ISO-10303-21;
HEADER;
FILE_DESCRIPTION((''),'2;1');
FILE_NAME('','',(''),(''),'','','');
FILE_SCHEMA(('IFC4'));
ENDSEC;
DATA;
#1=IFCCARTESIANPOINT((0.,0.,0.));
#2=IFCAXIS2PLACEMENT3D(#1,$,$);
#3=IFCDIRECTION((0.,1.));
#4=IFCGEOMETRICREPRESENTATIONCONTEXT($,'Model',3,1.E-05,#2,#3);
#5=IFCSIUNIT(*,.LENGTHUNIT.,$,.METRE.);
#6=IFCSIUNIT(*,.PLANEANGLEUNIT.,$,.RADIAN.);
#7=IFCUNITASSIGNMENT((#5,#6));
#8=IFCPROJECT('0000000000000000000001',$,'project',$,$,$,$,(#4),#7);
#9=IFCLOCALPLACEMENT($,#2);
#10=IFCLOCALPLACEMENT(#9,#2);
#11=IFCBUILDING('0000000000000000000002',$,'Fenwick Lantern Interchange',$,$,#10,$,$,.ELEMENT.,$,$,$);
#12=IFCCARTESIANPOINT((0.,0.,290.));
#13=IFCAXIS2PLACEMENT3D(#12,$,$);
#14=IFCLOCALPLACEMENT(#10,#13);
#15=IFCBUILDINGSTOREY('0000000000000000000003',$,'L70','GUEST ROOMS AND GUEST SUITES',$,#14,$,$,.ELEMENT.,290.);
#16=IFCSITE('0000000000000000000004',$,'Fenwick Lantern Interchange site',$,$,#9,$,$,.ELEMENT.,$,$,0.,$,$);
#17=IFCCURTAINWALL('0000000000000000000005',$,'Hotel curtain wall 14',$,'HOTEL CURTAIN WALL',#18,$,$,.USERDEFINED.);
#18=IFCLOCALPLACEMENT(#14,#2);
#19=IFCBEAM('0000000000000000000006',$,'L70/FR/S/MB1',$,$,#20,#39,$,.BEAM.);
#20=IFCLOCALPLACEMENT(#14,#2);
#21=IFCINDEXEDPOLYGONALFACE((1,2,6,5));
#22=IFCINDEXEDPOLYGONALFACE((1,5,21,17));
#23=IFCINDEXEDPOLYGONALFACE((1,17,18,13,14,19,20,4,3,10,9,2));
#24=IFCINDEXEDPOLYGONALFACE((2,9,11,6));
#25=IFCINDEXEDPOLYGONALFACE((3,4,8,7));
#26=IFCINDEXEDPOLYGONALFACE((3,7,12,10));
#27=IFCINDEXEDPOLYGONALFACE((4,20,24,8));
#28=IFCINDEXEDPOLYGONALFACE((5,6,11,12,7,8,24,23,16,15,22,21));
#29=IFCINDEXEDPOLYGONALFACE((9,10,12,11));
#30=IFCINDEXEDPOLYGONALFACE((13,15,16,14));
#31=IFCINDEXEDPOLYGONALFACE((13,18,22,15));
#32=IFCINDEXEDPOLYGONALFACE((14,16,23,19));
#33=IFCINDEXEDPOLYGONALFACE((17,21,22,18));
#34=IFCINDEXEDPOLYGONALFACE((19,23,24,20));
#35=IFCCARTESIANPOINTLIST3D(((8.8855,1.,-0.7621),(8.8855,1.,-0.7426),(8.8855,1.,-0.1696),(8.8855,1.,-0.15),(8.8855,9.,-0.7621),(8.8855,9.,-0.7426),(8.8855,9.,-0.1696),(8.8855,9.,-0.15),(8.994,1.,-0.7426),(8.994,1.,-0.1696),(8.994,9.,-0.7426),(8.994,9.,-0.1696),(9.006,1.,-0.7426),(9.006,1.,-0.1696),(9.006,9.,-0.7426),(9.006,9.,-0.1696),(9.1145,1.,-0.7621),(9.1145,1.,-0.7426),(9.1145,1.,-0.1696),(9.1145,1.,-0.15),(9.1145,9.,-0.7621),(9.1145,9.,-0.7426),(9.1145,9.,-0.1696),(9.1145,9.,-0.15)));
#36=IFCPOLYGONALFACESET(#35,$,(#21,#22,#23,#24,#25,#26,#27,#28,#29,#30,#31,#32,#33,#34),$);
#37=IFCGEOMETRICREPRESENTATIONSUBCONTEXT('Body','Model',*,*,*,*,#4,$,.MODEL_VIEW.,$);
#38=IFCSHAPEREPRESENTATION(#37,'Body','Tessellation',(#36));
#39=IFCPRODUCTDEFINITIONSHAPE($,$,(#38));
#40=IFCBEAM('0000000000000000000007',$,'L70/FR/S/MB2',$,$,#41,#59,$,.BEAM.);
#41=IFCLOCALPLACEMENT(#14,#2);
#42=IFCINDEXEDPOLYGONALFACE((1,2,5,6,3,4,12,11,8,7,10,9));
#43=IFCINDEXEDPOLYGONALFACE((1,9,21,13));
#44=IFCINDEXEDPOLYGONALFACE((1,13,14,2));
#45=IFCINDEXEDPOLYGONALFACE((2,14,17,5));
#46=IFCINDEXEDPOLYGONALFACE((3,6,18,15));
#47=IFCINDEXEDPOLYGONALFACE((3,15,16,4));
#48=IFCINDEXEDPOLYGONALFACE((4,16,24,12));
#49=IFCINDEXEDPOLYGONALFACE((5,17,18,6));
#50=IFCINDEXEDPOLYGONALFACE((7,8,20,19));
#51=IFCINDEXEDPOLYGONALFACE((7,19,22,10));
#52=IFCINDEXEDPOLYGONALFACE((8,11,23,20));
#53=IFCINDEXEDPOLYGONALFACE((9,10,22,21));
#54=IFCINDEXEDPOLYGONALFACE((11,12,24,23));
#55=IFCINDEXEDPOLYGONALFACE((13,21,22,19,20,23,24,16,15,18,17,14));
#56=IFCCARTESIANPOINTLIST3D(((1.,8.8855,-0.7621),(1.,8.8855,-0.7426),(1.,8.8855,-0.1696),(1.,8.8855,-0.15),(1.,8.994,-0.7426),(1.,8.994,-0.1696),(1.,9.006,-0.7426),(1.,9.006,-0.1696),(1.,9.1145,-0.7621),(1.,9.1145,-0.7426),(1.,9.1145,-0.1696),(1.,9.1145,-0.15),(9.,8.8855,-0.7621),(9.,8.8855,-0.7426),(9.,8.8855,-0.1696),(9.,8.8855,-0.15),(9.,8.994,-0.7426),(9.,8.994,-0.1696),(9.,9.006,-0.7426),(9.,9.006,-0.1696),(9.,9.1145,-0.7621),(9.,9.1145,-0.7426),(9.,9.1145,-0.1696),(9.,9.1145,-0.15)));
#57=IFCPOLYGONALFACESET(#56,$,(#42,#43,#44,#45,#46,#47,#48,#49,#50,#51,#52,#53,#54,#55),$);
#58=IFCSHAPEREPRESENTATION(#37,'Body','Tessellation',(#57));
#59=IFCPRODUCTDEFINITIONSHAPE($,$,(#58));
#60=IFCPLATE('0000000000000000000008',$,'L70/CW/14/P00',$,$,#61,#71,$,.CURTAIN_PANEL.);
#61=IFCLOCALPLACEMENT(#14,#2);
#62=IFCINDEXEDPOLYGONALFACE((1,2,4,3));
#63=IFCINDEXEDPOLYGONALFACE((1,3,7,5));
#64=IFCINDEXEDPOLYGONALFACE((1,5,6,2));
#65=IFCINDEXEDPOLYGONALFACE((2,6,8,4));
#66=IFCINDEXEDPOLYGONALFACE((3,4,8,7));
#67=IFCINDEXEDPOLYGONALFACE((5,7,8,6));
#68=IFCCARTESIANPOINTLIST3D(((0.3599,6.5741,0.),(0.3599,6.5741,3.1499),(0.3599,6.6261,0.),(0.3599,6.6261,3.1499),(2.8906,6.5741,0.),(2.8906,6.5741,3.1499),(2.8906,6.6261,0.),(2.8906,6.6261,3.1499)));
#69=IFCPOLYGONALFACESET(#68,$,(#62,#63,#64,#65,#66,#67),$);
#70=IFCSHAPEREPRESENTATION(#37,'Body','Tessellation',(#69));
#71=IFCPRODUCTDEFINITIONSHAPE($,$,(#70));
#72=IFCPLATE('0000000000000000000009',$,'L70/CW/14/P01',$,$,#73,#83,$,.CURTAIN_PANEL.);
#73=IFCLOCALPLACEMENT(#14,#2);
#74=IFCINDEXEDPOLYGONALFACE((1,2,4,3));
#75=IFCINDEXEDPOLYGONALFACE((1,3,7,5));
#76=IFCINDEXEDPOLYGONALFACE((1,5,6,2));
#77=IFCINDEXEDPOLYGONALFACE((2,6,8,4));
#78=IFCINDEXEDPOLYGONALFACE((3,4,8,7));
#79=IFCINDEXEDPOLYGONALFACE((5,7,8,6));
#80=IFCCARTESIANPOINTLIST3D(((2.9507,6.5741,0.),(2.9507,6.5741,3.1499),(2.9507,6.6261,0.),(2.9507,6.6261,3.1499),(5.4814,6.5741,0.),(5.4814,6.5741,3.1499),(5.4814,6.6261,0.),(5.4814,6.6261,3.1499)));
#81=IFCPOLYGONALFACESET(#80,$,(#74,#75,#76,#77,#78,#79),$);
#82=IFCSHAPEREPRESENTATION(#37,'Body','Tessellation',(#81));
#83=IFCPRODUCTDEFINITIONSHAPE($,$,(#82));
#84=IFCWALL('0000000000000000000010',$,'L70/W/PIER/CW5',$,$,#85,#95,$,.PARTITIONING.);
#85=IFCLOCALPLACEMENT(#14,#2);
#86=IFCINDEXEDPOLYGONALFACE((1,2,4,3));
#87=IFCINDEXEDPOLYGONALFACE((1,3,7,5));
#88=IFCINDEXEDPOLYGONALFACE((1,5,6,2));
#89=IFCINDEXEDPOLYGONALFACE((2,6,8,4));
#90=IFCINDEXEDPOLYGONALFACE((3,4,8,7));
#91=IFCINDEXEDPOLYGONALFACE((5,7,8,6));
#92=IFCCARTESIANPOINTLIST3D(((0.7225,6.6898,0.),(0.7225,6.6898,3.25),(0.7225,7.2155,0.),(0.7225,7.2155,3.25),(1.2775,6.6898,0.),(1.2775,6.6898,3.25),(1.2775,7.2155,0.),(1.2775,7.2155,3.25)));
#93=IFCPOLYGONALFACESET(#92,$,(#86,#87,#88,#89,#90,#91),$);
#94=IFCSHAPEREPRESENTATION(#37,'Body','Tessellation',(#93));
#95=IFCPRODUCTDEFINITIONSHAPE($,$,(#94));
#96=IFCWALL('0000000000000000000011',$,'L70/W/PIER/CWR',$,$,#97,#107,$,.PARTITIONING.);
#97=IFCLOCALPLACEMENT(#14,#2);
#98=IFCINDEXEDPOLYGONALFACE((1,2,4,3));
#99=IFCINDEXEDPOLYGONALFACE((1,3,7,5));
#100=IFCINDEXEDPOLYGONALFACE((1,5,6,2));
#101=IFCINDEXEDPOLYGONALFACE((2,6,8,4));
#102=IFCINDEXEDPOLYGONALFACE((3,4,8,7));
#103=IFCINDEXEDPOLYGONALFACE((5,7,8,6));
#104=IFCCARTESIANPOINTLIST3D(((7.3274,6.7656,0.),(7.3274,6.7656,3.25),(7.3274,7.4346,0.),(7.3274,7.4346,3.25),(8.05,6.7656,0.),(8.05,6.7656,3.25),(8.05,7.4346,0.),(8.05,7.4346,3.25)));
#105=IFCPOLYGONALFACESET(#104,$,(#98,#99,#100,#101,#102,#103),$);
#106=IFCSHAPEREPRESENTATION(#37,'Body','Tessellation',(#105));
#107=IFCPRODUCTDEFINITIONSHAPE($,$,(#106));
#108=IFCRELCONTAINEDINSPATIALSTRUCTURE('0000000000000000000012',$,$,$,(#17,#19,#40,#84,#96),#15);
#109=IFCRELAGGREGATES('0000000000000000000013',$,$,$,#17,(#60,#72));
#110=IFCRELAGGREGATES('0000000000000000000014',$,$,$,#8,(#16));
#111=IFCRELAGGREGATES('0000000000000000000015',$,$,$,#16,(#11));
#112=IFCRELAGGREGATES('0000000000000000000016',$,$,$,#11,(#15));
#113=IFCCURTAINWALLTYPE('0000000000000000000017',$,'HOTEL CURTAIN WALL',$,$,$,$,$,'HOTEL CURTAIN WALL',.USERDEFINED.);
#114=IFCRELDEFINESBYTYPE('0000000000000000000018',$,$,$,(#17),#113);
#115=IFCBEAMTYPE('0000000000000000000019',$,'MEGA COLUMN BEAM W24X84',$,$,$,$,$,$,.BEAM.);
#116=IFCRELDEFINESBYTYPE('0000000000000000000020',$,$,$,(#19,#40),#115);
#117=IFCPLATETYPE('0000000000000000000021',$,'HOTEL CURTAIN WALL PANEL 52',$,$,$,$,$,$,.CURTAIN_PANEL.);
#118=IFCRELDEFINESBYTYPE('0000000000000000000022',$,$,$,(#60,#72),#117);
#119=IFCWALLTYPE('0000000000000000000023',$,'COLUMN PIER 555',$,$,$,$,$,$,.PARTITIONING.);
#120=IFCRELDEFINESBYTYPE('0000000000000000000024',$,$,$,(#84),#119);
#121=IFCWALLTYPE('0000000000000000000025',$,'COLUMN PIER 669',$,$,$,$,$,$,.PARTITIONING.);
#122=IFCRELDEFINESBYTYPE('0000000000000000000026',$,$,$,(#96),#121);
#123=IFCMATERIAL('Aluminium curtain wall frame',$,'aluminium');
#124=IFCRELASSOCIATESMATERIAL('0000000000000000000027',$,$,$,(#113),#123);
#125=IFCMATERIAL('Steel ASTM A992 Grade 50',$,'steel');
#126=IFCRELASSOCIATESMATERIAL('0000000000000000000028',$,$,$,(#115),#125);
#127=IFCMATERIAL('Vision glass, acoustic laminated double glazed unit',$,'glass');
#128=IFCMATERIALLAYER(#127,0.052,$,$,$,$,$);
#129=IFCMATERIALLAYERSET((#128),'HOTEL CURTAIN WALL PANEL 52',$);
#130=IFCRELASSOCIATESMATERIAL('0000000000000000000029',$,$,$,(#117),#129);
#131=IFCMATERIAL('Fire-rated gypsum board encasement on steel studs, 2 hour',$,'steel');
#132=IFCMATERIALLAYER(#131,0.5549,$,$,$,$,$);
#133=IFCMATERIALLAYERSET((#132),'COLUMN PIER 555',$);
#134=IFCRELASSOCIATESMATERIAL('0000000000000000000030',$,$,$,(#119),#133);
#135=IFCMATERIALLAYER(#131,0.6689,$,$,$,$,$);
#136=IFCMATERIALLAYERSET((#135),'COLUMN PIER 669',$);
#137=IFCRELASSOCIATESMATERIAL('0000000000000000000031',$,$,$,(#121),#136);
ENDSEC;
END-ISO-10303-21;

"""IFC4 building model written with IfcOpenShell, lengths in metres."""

from ifc_helpers import new_model, si_unit, direction, frame, frame_2d, origin, origin_2d, place, context, subcontext, project, spatial, rectangle, i_section, extrude, material, layer, layer_set, material_profile, profile_set, type_object, element, aggregate, save


model = new_model("IFC4")

# Units and contexts
model_context = context("Model", 3, precision=1e-05, world=origin(), true_north=direction((0.0, 1.0)))
body_context = subcontext(model_context, "Body", "Model", "MODEL_VIEW")
ifc_project = project(units=[si_unit("LENGTHUNIT", "METRE"), si_unit("PLANEANGLEUNIT", "RADIAN")], contexts=[model_context])

# Site, building, storey
site_placement = place(None, origin())
site = spatial("IfcSite", under=ifc_project, at=site_placement, Name="Fenwick Lantern Interchange site", CompositionType="ELEMENT", RefElevation=0.0)
building_placement = place(site_placement, origin())
building = spatial("IfcBuilding", under=site, at=building_placement, Name="Fenwick Lantern Interchange", CompositionType="ELEMENT")
storey_placement = place(building_placement, frame((0.0, 0.0, 290.0)))
storey = spatial("IfcBuildingStorey", under=building, at=storey_placement, Name="L70", Description="GUEST ROOMS AND GUEST SUITES", CompositionType="ELEMENT", Elevation=290.0)

# Shared definitions
ifc_material_1 = material(Name="Steel ASTM A992 Grade 50", Category="steel")

# Shared definitions
ifc_material_2 = material(Name="Aluminium curtain wall frame", Category="aluminium")
curtain_wall_type = type_object("IfcCurtainWallType", Name="HOTEL CURTAIN WALL", ElementType="HOTEL CURTAIN WALL", PredefinedType="USERDEFINED", material=ifc_material_2)

# Curtain wall
curtain_wall_1_placement = place(storey_placement, origin())
curtain_wall_1 = element("IfcCurtainWall", 1, at=curtain_wall_1_placement, inside=storey, type_object=curtain_wall_type, Name="Hotel curtain wall 14", ObjectType="HOTEL CURTAIN WALL", PredefinedType="USERDEFINED")

# Beams
ifc_material_profile_1 = material_profile(ifc_material_1, i_section(OverallWidth=0.229, OverallDepth=0.6121, WebThickness=0.012, FlangeThickness=0.0195, at=origin_2d()), Name="W24X84")
ifc_profile_set_1 = profile_set([ifc_material_profile_1], Name="Steel ASTM A992 Grade 50")
beam_type_1 = type_object("IfcBeamType", Name="MEGA COLUMN BEAM W24X84", PredefinedType="BEAM", material=ifc_profile_set_1)
for number, where, z_axis, x_axis, name in (
    (2, (9.0, 9.0, -0.4561), (0.0, -1.0, 0.0), (1.0, 0.0, 0.0), "L70/FR/S/MB1"),
    (3, (9.0, 9.0, -0.4561), (-1.0, 0.0, 0.0), (0.0, -1.0, 0.0), "L70/FR/S/MB2"),
):
    element("IfcBeam", number, at=place(storey_placement, frame(where, z_axis=z_axis, x_axis=x_axis)), inside=storey, type_object=beam_type_1, Name=name, PredefinedType="BEAM", context=body_context, shape_type="SweptSolid", body=[
        extrude(i_section(OverallWidth=0.229, OverallDepth=0.6121, WebThickness=0.012, FlangeThickness=0.0195, at=origin_2d()), origin(), (0.0, 0.0, 1.0), 8.0),
    ])

# Plates
ifc_material_3 = material(Name="Vision glass, acoustic laminated double glazed unit", Category="glass")
ifc_layer_1 = layer(ifc_material_3, 0.052)
ifc_layer_set_1 = layer_set([ifc_layer_1], Name="HOTEL CURTAIN WALL PANEL 52")
plate_type = type_object("IfcPlateType", Name="HOTEL CURTAIN WALL PANEL 52", PredefinedType="CURTAIN_PANEL", material=ifc_layer_set_1)
plate_1_placement = place(storey_placement, frame((1.6252, 6.6001, 0.0), z_axis=(0.0, 0.0, 1.0), x_axis=(1.0, 0.0, 0.0)))
plate_1 = element("IfcPlate", 4, at=plate_1_placement, type_object=plate_type, Name="L70/CW/14/P00", PredefinedType="CURTAIN_PANEL", context=body_context, shape_type="SweptSolid", body=[
    extrude(rectangle(XDim=2.5308, YDim=0.052, at=origin_2d()), origin(), (0.0, 0.0, 1.0), 3.1499),
])
plate_2_placement = place(storey_placement, frame((4.2161, 6.6001, 0.0), z_axis=(0.0, 0.0, 1.0), x_axis=(1.0, 0.0, 0.0)))
plate_2 = element("IfcPlate", 5, at=plate_2_placement, type_object=plate_type, Name="L70/CW/14/P01", PredefinedType="CURTAIN_PANEL", context=body_context, shape_type="SweptSolid", body=[
    extrude(rectangle(XDim=2.5308, YDim=0.052, at=origin_2d()), origin(), (0.0, 0.0, 1.0), 3.1499),
])
aggregate(curtain_wall_1, [plate_1, plate_2])

# Walls
ifc_material_4 = material(Name="Fire-rated gypsum board encasement on steel studs, 2 hour", Category="steel")
ifc_layer_2 = layer(ifc_material_4, 0.5549)
ifc_layer_set_2 = layer_set([ifc_layer_2], Name="COLUMN PIER 555")
wall_type_1 = type_object("IfcWallType", Name="COLUMN PIER 555", PredefinedType="PARTITIONING", material=ifc_layer_set_2)
wall_1_placement = place(storey_placement, frame((1.0, 6.6899, 0.0), z_axis=(0.0, 0.0, 1.0), x_axis=(0.0, 1.0, 0.0)))
element("IfcWall", 6, at=wall_1_placement, inside=storey, type_object=wall_type_1, Name="L70/W/PIER/CW5", PredefinedType="PARTITIONING", context=body_context, shape_type="SweptSolid", body=[
    extrude(rectangle(XDim=0.5256, YDim=0.5549, at=frame_2d((0.2627, 0.0))), origin(), (0.0, 0.0, 1.0), 3.25),
])
ifc_layer_3 = layer(ifc_material_4, 0.6689)
ifc_layer_set_3 = layer_set([ifc_layer_3], Name="COLUMN PIER 669")
wall_type_2 = type_object("IfcWallType", Name="COLUMN PIER 669", PredefinedType="PARTITIONING", material=ifc_layer_set_3)
wall_2_placement = place(storey_placement, frame((8.05, 7.1001, 0.0), z_axis=(0.0, 0.0, 1.0), x_axis=(-1.0, 0.0, 0.0)))
element("IfcWall", 7, at=wall_2_placement, inside=storey, type_object=wall_type_2, Name="L70/W/PIER/CWR", PredefinedType="PARTITIONING", context=body_context, shape_type="SweptSolid", body=[
    extrude(rectangle(XDim=0.7227, YDim=0.6689, at=frame_2d((0.3613, 0.0))), origin(), (0.0, 0.0, 1.0), 3.25),
])

save(model, "model.ifc")
